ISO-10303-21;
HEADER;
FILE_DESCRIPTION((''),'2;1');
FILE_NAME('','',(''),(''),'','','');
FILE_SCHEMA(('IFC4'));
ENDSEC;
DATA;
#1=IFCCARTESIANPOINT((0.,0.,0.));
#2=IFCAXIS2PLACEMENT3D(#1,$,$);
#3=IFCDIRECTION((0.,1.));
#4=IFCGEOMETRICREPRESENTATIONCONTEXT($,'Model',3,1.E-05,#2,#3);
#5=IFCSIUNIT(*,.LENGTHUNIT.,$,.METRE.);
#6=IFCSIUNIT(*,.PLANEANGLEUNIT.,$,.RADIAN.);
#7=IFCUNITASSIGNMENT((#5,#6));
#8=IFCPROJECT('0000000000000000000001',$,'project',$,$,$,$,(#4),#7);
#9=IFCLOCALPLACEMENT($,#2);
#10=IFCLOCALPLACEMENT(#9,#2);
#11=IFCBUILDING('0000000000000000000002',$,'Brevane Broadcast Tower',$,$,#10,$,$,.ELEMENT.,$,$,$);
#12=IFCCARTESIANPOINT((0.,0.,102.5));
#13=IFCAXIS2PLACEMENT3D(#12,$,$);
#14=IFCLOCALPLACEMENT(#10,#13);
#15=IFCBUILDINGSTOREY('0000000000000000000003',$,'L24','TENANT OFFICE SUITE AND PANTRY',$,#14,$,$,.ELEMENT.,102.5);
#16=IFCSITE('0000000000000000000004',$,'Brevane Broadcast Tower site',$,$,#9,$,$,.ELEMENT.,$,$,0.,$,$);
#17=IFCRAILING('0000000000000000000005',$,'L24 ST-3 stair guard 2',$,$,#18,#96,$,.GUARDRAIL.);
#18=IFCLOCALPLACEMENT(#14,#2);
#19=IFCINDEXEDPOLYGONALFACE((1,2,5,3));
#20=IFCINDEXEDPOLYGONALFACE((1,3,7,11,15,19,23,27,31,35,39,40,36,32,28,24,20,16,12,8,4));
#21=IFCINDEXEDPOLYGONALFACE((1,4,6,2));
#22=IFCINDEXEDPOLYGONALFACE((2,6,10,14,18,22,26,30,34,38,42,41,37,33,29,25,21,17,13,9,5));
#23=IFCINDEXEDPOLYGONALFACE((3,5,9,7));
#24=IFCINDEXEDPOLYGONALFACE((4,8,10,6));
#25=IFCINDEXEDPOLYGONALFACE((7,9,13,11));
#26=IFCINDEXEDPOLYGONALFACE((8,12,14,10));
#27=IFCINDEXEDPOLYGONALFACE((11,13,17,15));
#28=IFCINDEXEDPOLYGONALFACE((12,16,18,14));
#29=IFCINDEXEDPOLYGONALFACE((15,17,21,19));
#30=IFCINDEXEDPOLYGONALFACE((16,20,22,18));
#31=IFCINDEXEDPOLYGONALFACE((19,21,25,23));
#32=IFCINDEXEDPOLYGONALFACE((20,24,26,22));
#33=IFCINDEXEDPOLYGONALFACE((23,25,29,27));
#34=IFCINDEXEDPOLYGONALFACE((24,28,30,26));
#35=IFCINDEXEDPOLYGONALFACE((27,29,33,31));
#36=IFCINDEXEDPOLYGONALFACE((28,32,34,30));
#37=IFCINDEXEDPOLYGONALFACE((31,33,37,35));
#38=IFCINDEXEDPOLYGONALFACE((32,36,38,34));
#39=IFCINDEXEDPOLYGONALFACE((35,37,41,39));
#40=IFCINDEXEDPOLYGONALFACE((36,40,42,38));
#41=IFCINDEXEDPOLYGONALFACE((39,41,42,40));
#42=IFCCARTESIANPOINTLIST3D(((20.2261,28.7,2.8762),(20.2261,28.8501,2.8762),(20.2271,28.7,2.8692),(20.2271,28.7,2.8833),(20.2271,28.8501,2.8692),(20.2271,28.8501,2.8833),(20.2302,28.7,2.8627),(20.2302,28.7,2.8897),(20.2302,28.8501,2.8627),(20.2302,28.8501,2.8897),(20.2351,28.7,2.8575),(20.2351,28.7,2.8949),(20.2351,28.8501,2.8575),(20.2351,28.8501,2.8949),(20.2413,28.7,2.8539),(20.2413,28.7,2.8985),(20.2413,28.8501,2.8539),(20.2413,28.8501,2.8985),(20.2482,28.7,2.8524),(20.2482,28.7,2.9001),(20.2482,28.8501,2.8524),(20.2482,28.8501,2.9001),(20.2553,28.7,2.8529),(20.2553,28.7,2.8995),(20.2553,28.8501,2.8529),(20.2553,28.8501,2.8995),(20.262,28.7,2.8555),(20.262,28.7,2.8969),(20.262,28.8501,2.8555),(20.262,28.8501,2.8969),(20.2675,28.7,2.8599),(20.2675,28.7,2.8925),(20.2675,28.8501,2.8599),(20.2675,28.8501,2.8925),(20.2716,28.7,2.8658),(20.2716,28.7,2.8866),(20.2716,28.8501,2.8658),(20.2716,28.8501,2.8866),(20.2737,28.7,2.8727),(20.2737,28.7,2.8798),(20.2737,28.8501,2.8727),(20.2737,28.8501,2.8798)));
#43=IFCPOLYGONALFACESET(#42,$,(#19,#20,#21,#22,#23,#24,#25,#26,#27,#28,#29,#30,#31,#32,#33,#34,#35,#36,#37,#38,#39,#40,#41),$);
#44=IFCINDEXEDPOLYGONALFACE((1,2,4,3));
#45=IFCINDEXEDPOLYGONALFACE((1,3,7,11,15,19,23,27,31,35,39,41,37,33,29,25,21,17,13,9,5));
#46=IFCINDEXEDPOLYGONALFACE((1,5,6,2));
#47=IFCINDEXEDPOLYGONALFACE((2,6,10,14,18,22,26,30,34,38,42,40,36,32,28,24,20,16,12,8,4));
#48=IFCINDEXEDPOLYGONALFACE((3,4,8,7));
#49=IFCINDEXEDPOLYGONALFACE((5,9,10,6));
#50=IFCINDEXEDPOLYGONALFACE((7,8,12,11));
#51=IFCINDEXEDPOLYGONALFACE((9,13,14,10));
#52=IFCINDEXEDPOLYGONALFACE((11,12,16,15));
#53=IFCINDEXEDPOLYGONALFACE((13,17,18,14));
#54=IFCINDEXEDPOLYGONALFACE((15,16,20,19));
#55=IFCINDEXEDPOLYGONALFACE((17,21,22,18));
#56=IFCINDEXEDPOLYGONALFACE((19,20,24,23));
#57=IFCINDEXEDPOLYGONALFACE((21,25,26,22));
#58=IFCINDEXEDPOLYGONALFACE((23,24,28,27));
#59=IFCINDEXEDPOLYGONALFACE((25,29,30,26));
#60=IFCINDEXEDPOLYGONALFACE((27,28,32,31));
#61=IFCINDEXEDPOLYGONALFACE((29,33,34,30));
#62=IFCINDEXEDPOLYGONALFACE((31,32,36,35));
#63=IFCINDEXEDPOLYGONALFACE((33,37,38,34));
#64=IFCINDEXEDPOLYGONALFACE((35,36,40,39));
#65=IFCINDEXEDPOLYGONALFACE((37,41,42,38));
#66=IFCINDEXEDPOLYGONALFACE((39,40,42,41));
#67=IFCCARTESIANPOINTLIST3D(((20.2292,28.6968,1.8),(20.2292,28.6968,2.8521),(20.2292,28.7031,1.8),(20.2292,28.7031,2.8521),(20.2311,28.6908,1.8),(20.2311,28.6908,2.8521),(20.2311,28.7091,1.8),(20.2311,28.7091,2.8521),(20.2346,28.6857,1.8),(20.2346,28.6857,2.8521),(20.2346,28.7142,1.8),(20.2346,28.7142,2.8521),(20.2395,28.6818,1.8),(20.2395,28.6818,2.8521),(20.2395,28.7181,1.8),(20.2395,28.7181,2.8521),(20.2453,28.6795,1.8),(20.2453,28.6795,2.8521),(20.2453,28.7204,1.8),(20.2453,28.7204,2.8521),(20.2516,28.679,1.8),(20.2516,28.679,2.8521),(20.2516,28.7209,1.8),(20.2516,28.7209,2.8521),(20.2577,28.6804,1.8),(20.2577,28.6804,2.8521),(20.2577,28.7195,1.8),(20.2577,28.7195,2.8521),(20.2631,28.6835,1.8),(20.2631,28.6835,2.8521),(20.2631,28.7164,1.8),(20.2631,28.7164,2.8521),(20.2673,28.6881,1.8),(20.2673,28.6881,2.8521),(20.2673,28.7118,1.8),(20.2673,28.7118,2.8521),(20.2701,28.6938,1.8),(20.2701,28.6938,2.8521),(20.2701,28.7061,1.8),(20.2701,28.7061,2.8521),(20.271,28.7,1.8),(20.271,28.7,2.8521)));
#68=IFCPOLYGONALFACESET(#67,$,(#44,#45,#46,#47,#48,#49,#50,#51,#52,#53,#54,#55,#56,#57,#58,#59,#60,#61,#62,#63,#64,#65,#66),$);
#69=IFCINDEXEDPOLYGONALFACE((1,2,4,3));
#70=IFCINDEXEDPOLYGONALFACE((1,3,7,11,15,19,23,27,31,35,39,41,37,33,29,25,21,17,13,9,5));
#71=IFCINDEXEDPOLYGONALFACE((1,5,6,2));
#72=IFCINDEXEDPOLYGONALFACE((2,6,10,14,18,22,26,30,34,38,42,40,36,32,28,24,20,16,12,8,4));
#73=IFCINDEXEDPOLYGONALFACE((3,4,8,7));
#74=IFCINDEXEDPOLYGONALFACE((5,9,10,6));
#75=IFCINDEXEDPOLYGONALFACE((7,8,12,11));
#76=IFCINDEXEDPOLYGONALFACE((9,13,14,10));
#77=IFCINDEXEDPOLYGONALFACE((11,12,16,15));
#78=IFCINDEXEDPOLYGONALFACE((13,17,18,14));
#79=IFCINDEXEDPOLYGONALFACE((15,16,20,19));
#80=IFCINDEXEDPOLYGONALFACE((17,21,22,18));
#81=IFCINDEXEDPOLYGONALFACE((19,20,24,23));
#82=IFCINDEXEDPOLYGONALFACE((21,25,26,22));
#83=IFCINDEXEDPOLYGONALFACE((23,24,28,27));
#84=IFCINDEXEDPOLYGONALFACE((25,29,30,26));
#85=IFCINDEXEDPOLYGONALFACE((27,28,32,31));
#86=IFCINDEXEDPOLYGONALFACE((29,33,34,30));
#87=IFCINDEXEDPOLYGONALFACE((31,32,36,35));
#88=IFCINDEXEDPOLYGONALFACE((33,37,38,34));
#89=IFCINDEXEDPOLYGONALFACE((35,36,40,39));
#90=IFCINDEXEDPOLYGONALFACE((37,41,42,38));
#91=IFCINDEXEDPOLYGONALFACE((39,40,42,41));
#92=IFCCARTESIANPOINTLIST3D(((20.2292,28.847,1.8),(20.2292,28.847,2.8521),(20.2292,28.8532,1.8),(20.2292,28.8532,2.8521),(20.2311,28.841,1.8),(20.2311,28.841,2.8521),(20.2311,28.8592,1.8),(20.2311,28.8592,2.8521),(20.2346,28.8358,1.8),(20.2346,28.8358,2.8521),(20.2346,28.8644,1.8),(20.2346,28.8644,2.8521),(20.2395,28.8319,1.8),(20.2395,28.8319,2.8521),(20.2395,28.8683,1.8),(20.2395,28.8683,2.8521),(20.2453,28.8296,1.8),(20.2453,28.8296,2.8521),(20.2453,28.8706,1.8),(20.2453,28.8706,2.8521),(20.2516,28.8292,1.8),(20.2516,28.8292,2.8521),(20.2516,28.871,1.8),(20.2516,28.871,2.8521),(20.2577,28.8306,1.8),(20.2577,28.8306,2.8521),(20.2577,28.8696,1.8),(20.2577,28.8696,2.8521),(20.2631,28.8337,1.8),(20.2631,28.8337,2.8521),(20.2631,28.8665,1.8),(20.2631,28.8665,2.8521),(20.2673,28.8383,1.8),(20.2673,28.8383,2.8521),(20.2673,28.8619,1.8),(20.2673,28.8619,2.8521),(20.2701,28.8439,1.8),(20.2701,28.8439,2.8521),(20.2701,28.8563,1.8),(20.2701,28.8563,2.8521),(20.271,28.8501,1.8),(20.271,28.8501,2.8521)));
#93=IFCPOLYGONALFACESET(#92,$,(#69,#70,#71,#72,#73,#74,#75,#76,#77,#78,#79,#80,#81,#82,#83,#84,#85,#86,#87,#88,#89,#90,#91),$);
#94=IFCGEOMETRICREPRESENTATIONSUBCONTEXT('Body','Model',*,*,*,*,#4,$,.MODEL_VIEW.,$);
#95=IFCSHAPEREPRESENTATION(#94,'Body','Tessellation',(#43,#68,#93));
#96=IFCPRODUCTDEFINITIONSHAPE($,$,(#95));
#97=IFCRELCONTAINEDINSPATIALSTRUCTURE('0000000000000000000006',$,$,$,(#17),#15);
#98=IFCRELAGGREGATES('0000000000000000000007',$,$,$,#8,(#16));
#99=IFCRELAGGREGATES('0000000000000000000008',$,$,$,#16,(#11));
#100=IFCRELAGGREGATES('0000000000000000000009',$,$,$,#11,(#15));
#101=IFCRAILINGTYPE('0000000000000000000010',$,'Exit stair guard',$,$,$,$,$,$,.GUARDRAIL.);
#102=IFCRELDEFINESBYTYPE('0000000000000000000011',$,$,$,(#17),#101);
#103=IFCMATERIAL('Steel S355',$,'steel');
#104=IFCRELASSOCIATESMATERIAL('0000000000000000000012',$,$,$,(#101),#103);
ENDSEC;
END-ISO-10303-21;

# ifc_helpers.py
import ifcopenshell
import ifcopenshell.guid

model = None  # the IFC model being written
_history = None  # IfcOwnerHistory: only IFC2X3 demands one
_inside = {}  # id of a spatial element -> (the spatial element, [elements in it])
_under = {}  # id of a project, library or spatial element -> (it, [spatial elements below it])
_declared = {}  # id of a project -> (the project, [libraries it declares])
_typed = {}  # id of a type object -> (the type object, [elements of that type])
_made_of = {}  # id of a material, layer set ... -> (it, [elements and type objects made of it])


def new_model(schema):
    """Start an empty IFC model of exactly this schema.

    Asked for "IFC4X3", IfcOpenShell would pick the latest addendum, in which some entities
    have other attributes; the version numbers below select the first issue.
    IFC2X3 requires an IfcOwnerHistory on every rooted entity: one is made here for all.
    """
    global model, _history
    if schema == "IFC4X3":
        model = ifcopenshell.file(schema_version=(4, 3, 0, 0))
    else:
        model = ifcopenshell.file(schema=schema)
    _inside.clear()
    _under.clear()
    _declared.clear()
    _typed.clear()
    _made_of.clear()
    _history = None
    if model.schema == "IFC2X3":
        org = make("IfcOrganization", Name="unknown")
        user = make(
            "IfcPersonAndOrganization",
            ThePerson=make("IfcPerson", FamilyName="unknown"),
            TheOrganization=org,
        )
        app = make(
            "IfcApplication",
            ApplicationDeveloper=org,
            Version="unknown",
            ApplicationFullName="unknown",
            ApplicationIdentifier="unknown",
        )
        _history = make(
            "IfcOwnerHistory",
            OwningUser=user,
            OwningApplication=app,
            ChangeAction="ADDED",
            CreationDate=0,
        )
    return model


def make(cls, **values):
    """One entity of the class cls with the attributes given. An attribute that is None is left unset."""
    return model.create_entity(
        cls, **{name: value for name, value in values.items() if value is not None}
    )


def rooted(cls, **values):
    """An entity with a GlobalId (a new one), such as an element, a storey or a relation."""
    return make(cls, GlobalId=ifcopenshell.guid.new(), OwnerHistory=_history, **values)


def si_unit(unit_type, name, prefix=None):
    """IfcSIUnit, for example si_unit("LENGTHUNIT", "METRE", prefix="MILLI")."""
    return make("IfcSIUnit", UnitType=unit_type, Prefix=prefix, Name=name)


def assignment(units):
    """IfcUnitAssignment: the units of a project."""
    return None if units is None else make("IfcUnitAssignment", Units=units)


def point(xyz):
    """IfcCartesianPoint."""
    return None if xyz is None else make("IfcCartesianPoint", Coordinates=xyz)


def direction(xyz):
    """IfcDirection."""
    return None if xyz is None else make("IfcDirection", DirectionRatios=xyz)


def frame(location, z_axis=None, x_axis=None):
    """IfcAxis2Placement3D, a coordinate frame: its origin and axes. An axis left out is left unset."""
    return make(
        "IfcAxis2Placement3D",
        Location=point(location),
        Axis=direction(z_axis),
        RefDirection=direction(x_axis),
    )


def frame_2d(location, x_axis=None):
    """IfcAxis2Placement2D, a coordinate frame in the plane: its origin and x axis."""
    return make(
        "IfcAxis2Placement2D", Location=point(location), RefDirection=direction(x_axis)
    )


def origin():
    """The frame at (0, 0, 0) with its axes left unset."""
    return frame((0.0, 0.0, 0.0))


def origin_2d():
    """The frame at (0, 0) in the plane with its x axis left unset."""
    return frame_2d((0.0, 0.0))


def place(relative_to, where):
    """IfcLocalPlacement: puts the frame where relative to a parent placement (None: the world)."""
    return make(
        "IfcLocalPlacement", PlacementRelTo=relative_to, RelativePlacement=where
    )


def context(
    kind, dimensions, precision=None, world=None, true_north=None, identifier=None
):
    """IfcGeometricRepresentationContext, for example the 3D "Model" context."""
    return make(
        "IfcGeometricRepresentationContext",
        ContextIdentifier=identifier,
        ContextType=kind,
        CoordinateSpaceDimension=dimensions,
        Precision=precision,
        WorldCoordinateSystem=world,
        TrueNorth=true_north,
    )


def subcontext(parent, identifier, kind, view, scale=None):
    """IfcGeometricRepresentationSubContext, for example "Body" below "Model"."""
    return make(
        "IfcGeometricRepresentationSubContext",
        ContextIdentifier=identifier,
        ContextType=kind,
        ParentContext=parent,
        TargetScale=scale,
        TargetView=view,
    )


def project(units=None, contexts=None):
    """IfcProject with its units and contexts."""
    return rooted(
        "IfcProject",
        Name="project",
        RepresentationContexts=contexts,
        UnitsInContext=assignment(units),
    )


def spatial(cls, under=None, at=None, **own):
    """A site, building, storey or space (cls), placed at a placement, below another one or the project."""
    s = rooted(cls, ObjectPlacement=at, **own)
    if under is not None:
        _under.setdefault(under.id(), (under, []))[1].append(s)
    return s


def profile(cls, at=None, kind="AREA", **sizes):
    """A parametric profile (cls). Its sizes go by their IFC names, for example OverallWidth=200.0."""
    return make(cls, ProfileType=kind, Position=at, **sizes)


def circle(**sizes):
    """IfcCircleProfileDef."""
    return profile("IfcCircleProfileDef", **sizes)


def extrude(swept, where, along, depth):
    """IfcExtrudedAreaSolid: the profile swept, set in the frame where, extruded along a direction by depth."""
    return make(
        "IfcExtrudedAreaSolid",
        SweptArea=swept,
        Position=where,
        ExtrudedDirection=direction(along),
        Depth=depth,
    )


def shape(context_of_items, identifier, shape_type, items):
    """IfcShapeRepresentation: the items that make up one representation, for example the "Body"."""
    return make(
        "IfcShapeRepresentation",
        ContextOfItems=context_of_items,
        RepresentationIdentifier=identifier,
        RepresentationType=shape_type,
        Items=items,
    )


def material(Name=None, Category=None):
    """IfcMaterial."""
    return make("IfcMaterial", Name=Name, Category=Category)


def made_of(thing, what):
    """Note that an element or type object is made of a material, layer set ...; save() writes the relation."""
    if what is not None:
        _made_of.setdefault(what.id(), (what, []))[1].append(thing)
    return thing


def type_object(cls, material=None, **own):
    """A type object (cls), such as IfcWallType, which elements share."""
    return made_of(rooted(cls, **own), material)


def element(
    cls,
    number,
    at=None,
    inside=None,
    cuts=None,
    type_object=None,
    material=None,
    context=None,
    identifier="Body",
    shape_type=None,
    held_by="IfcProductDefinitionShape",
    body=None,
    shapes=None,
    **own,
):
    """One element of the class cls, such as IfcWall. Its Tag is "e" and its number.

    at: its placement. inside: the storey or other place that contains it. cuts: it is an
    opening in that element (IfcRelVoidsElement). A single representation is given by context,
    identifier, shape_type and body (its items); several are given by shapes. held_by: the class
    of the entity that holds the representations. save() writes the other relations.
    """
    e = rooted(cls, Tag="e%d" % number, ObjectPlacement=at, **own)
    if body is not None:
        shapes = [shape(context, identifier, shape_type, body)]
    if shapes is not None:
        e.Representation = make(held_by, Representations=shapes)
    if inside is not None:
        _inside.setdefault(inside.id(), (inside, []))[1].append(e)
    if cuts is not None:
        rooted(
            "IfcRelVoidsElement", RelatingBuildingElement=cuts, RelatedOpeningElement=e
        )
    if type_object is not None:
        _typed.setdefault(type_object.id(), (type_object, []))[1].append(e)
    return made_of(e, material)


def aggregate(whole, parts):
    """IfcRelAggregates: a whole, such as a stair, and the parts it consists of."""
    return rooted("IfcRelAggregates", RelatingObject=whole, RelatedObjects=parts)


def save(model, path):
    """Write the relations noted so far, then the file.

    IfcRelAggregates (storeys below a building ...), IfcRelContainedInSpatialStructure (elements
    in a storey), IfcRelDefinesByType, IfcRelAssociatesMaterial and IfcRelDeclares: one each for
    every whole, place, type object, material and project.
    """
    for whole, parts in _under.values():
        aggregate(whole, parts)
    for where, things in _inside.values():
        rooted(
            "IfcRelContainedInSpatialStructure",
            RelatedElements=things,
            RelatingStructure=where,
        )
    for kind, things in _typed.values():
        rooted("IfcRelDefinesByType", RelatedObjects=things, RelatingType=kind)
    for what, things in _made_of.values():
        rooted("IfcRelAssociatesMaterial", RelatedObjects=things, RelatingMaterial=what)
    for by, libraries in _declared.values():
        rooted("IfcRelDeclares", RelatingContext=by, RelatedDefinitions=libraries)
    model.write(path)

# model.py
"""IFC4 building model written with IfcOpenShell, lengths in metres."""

from ifc_helpers import new_model, si_unit, direction, frame, origin, origin_2d, place, context, subcontext, project, spatial, circle, extrude, material, type_object, element, save


model = new_model("IFC4")

# Units and contexts
model_context = context("Model", 3, precision=1e-05, world=origin(), true_north=direction((0.0, 1.0)))
body_context = subcontext(model_context, "Body", "Model", "MODEL_VIEW")
ifc_project = project(units=[si_unit("LENGTHUNIT", "METRE"), si_unit("PLANEANGLEUNIT", "RADIAN")], contexts=[model_context])

# Site, building, storey
site_placement = place(None, origin())
site = spatial("IfcSite", under=ifc_project, at=site_placement, Name="Brevane Broadcast Tower site", CompositionType="ELEMENT", RefElevation=0.0)
building_placement = place(site_placement, origin())
building = spatial("IfcBuilding", under=site, at=building_placement, Name="Brevane Broadcast Tower", CompositionType="ELEMENT")
storey_placement = place(building_placement, frame((0.0, 0.0, 102.5)))
storey = spatial("IfcBuildingStorey", under=building, at=storey_placement, Name="L24", Description="TENANT OFFICE SUITE AND PANTRY", CompositionType="ELEMENT", Elevation=102.5)

# Railing
ifc_material_1 = material(Name="Steel S355", Category="steel")
railing_type_1 = type_object("IfcRailingType", Name="Exit stair guard", PredefinedType="GUARDRAIL", material=ifc_material_1)
railing_1_placement = place(storey_placement, frame((20.25, 28.7, 1.8)))
element("IfcRailing", 1, at=railing_1_placement, inside=storey, type_object=railing_type_1, Name="L24 ST-3 stair guard 2", PredefinedType="GUARDRAIL", context=body_context, shape_type="SweptSolid", body=[
    extrude(circle(Radius=0.0239, at=origin_2d()), frame((0.0, 0.0, 1.0762), z_axis=(0.0, 1.0, 0.0), x_axis=(-1.0, 0.0, 0.0)), (0.0, 0.0, 1.0), 0.1501),
    extrude(circle(Radius=0.021, at=origin_2d()), origin(), (0.0, 0.0, 1.0), 1.052),
    extrude(circle(Radius=0.021, at=origin_2d()), frame((0.0, 0.1501, 0.0)), (0.0, 0.0, 1.0), 1.052),
])

save(model, "model.ifc")
